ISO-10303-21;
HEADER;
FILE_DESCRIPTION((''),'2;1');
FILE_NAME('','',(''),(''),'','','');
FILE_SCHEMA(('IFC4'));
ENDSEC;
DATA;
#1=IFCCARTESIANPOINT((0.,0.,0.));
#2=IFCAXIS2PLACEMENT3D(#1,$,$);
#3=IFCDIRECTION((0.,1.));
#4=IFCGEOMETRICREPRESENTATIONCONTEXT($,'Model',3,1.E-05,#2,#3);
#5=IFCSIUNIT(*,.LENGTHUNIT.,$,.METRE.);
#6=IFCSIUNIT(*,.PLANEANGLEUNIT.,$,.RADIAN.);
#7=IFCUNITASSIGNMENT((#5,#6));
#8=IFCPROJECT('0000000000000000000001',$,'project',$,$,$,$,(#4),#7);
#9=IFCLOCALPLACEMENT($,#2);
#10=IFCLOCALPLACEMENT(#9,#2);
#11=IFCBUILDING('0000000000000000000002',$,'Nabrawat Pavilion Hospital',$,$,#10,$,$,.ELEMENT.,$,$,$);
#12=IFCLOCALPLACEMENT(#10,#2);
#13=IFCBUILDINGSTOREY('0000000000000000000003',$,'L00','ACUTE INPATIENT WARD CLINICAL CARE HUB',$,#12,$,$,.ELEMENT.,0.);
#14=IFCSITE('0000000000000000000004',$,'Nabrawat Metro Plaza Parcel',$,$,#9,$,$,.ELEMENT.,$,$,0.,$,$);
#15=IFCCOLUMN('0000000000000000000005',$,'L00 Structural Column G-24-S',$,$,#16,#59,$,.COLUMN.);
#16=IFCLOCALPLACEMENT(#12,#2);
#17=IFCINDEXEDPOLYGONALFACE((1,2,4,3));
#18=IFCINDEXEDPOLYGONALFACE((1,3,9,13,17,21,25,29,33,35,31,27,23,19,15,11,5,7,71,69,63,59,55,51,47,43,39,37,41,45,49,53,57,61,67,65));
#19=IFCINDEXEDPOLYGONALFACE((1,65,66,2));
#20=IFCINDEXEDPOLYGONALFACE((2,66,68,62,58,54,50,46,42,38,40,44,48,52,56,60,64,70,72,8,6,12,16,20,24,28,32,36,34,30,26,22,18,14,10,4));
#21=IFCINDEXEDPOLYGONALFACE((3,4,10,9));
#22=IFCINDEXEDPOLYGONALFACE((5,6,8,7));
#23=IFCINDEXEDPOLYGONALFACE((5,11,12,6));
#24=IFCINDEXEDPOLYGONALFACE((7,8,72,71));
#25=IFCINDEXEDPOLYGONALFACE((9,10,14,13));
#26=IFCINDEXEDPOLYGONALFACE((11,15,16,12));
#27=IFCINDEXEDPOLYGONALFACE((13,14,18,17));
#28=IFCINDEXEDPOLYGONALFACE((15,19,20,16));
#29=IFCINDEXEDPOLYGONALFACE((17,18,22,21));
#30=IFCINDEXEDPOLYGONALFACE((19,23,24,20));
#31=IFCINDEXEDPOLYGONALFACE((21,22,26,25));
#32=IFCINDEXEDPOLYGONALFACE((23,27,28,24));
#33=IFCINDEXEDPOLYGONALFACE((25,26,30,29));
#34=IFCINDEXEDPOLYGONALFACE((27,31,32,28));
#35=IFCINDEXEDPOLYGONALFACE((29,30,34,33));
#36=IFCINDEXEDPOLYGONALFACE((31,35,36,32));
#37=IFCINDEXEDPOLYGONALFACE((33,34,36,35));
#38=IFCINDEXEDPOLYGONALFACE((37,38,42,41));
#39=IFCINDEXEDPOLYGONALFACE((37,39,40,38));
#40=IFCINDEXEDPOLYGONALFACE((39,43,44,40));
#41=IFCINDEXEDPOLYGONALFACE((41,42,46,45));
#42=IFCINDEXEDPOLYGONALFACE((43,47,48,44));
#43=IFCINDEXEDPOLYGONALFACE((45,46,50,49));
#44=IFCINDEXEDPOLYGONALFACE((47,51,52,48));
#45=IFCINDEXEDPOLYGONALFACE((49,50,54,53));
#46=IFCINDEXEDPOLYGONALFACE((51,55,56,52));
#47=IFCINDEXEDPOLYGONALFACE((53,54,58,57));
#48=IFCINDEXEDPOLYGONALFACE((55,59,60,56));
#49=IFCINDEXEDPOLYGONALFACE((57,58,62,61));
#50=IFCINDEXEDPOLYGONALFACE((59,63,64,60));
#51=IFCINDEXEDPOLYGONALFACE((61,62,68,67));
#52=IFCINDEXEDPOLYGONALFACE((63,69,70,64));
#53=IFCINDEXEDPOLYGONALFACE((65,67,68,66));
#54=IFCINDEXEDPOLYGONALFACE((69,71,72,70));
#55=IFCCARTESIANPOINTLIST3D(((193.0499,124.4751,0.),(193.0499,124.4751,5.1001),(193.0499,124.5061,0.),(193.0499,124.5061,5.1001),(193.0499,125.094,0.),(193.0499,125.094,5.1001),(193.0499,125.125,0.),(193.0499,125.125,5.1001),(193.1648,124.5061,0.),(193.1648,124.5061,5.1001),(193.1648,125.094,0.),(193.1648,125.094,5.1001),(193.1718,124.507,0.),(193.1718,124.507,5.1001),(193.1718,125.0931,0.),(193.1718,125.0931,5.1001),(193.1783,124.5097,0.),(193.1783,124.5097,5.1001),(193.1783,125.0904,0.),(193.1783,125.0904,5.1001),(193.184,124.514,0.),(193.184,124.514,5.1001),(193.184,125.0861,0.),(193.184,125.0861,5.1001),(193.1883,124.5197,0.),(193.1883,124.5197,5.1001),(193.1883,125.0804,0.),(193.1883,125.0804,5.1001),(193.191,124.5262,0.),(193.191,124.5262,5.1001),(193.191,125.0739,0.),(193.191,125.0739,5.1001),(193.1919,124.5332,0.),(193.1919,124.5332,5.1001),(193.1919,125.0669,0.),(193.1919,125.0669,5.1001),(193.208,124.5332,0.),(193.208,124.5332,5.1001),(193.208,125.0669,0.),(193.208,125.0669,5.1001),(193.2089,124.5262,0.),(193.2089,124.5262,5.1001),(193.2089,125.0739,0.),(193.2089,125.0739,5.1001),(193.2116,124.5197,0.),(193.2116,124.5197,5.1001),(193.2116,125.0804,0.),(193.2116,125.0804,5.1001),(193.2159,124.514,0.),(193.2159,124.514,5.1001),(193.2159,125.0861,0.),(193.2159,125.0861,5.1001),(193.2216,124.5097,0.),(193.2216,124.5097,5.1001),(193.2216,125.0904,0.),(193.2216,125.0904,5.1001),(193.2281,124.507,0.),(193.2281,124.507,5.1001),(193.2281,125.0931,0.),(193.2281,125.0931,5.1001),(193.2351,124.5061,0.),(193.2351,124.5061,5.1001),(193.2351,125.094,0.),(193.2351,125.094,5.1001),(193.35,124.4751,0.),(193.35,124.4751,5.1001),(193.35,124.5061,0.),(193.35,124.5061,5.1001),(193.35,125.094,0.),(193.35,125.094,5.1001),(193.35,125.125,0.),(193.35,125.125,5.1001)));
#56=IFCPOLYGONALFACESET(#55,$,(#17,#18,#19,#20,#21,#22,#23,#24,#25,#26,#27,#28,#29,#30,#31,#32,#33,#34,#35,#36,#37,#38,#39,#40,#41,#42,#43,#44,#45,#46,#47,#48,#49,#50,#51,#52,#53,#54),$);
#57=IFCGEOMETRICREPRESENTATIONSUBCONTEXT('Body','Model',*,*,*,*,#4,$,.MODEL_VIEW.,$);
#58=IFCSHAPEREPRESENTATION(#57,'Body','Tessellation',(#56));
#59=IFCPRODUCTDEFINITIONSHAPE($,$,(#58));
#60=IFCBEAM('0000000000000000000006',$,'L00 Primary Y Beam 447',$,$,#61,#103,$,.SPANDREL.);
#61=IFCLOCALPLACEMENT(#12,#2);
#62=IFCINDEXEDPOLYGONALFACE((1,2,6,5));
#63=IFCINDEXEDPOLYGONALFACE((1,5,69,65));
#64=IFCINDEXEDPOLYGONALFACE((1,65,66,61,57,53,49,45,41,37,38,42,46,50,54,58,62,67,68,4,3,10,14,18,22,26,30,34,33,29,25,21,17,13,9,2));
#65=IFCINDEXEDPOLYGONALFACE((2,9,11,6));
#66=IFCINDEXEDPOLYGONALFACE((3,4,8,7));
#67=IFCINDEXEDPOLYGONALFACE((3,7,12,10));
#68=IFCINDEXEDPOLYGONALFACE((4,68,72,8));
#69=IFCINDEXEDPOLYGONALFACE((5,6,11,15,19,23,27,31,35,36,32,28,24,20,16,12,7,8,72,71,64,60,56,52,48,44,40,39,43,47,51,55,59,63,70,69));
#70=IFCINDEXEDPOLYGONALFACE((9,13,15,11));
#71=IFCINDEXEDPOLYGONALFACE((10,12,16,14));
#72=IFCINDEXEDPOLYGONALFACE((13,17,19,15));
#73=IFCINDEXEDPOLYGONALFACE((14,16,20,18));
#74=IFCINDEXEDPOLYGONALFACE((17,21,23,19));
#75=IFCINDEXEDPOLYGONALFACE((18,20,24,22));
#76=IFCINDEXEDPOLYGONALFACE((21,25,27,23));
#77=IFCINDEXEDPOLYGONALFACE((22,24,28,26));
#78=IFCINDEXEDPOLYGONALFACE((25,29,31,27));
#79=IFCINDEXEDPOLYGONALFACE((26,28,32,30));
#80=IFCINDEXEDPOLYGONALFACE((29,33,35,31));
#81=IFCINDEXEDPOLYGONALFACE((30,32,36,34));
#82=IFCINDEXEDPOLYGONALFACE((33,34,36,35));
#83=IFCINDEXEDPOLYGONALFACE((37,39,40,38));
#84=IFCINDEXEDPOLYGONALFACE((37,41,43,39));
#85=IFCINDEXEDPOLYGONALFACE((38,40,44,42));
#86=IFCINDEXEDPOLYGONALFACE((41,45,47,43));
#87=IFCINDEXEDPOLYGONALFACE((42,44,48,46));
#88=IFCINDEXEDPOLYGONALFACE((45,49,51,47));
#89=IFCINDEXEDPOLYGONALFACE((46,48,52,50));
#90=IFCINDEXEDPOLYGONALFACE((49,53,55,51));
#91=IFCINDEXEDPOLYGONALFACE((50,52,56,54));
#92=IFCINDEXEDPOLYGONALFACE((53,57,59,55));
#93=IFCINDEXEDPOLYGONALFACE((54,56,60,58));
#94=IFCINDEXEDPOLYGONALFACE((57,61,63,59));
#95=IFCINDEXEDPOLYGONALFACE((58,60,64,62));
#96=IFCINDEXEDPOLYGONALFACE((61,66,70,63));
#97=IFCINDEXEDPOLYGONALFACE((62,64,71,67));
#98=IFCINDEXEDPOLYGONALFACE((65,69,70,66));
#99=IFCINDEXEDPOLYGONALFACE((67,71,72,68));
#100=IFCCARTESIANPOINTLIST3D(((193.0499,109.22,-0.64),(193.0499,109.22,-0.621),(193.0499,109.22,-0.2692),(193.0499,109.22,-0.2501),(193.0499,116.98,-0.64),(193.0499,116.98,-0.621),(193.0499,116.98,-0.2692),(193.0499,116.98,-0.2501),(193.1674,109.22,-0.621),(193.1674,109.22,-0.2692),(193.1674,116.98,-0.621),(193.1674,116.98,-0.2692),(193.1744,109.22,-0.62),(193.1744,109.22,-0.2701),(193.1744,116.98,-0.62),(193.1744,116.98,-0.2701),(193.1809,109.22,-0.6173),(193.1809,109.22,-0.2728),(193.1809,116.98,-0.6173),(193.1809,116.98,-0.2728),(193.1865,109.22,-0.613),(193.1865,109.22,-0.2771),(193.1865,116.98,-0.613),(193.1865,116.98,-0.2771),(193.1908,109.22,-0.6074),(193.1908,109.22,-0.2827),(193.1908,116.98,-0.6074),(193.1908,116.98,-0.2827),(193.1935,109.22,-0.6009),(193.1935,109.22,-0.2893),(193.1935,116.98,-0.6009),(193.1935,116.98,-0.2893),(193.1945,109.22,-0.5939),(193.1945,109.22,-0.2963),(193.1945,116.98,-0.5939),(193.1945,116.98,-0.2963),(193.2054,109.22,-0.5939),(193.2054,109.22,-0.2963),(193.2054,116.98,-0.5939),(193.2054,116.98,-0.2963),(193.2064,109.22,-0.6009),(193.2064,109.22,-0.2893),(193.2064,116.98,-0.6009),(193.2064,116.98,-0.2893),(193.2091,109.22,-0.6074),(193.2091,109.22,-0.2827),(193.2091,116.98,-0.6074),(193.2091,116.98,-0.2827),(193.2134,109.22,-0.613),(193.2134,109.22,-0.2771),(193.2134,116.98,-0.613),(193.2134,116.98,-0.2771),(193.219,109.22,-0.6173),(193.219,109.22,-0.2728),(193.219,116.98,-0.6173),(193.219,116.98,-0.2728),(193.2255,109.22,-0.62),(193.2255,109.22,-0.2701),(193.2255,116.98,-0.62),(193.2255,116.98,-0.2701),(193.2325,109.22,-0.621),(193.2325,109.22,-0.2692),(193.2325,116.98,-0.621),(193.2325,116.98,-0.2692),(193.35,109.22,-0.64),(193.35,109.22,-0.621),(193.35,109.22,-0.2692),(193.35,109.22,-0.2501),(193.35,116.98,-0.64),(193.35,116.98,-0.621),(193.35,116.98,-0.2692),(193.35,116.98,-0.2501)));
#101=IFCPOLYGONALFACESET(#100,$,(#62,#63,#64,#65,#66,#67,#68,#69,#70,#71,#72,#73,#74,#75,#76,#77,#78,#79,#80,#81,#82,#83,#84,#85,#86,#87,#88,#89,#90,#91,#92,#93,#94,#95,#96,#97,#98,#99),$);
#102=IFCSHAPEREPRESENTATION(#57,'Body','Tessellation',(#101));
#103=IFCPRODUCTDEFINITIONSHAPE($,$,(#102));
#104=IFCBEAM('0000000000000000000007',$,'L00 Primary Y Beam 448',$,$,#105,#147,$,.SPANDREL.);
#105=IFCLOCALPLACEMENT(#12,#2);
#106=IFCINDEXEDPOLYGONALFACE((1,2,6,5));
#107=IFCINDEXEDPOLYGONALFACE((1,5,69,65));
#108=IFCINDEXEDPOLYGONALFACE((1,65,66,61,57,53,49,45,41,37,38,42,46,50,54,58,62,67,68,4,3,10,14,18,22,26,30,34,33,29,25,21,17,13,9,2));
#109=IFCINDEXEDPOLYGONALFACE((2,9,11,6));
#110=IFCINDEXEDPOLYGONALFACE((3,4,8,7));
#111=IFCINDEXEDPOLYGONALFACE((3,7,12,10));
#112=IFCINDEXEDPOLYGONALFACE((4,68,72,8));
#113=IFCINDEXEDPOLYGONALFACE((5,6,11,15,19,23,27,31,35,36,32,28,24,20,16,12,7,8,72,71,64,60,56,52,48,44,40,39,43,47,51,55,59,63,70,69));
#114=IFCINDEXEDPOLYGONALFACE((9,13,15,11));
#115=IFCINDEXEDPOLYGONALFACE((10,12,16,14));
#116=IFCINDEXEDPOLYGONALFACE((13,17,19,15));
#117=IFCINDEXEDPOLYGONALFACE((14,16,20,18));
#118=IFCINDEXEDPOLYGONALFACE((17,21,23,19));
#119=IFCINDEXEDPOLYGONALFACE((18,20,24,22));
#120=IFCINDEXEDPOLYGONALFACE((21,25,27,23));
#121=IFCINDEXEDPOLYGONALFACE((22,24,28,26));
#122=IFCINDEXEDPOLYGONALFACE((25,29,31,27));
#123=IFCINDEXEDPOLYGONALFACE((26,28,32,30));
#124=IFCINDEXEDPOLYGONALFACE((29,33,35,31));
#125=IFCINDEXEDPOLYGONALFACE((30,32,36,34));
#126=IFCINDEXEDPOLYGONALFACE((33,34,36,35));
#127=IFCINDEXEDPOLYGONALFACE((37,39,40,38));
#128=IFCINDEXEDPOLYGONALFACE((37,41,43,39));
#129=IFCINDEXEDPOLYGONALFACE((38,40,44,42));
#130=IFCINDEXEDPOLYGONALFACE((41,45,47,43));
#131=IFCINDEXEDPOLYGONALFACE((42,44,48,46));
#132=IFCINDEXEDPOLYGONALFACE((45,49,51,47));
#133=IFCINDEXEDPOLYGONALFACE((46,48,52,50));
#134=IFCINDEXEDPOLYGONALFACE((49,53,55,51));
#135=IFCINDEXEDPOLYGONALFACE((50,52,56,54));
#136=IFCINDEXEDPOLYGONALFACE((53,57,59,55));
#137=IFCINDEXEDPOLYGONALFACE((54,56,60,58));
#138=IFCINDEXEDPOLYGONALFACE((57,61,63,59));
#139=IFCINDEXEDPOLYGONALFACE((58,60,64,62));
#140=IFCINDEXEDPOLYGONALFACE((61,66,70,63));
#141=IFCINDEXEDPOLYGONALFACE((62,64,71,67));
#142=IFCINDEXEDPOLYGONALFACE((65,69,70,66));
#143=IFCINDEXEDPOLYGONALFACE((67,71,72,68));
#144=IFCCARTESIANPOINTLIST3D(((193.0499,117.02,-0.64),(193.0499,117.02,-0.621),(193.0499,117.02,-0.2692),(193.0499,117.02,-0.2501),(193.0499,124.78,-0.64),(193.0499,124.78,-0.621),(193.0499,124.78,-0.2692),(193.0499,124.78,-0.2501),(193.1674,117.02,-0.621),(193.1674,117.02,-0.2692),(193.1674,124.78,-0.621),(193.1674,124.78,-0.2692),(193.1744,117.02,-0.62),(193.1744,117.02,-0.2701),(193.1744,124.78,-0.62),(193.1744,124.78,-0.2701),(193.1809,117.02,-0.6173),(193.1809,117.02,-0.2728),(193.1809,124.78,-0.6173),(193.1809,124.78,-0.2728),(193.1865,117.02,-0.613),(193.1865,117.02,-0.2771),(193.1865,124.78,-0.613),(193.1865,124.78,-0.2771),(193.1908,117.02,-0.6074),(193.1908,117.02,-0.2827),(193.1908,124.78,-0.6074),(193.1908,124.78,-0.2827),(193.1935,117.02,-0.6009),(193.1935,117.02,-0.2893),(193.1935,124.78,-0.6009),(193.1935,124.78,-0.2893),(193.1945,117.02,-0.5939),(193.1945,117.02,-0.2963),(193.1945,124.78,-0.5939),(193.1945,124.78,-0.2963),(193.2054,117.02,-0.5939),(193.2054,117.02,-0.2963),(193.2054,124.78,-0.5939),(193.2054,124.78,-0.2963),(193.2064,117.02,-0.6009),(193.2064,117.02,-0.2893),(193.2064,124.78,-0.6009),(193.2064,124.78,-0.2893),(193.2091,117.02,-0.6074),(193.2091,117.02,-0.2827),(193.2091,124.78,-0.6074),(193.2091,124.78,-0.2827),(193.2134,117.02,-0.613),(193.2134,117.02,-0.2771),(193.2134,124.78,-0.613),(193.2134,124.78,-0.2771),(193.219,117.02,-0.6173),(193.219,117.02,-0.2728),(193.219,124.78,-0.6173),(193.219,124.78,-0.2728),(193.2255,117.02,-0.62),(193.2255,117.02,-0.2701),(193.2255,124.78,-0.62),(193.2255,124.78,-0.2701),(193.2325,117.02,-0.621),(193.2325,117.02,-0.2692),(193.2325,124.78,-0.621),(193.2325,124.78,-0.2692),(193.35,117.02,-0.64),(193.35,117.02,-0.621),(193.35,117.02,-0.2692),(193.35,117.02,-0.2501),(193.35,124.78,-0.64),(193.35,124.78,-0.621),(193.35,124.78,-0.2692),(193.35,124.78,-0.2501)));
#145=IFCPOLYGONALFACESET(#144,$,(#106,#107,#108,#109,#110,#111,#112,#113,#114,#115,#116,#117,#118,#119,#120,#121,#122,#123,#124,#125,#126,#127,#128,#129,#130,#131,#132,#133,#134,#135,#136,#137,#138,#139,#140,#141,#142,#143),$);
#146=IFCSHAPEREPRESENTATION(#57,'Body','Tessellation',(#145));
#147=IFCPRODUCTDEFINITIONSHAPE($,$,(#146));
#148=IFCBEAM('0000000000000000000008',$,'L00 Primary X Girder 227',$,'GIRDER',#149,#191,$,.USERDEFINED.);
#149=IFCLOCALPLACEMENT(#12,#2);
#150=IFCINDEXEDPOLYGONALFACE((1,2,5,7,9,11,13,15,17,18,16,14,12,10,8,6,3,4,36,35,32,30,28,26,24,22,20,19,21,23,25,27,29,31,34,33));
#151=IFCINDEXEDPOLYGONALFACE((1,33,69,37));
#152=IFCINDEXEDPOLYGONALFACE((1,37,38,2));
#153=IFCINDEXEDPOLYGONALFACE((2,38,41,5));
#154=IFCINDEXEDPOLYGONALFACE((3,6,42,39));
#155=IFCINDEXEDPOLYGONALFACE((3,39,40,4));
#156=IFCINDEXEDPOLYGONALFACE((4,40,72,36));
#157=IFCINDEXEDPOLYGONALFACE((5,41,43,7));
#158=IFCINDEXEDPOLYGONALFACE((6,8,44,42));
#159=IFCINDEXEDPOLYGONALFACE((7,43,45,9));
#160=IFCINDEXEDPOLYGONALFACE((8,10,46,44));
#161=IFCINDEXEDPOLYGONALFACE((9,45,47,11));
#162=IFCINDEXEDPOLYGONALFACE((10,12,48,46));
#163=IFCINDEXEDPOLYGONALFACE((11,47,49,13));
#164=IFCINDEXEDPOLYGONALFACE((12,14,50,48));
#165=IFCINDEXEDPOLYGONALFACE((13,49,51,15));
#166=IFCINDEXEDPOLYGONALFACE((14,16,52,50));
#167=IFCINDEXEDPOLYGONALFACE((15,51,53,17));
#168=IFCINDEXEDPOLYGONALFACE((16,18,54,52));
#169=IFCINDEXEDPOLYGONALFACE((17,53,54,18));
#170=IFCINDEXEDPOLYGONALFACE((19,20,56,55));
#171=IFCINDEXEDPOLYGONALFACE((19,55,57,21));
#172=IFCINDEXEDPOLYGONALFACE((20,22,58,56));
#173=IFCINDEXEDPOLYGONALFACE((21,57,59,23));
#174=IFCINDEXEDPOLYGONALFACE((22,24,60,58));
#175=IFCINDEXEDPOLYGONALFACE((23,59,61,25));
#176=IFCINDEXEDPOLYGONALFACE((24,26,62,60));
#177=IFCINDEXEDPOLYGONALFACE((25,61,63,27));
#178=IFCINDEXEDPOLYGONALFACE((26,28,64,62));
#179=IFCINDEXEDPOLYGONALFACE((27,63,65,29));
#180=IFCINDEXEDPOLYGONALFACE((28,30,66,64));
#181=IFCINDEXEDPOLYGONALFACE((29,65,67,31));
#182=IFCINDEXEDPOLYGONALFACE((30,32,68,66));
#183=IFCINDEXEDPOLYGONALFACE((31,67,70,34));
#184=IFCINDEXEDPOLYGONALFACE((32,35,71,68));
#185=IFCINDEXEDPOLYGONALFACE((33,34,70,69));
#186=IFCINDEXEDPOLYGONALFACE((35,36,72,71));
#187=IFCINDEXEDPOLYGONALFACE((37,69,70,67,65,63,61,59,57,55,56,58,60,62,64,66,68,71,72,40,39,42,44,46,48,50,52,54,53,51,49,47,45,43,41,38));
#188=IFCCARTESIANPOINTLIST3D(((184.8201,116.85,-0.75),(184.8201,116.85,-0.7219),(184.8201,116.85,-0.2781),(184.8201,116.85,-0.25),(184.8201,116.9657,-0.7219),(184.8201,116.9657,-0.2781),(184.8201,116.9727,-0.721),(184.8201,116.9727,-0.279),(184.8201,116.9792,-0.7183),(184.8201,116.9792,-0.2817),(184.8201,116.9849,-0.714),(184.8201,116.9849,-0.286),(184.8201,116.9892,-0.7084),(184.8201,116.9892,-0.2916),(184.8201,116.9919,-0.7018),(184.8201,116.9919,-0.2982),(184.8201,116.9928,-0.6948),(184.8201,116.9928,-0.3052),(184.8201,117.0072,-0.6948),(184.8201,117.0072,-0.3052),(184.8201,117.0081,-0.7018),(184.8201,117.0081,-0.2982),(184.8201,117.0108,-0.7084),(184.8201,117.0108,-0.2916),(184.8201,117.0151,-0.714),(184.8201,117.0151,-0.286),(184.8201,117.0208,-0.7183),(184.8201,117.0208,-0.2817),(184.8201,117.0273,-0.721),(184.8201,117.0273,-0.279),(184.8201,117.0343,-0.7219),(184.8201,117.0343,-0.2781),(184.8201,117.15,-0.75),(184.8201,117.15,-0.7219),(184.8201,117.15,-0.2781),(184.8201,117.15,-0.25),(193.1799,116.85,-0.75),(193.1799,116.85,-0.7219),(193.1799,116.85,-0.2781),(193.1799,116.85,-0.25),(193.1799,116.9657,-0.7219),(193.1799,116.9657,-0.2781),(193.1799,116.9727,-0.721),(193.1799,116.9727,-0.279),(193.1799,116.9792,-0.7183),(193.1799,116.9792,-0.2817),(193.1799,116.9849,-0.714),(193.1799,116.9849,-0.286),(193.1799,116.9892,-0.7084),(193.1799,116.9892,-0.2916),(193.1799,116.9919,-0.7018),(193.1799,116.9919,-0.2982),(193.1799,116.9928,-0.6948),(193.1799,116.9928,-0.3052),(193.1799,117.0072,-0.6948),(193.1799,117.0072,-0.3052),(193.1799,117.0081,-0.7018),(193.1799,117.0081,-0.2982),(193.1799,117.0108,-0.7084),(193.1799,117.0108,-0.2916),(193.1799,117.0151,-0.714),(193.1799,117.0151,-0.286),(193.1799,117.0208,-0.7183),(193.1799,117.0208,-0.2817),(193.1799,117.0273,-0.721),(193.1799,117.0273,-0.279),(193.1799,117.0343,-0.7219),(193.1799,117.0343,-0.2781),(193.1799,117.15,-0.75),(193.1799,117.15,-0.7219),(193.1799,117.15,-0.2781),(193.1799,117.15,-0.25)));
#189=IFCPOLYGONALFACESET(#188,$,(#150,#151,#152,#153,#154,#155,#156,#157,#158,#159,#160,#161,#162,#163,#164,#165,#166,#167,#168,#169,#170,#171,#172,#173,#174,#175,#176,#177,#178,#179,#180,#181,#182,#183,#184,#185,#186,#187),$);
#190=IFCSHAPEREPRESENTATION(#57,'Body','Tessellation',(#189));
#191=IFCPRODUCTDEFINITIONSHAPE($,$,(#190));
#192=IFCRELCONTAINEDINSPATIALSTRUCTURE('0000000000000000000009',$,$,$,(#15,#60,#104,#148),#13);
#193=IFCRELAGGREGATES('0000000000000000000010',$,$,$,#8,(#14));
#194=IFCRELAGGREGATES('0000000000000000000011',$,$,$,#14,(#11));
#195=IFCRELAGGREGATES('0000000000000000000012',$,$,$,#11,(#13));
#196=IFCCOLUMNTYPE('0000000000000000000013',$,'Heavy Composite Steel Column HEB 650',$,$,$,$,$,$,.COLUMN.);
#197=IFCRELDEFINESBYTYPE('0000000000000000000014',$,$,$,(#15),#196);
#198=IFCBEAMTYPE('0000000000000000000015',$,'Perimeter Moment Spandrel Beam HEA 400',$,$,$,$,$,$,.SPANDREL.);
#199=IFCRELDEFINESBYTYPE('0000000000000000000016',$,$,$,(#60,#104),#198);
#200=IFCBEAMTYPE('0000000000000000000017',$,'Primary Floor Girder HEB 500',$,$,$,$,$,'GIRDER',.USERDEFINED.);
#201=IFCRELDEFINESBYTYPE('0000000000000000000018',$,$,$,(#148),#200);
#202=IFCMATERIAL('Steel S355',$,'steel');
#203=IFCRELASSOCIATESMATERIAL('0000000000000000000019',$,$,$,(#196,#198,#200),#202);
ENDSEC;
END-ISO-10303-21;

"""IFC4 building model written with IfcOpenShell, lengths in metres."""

from ifc_helpers import new_model, si_unit, direction, frame, origin, origin_2d, place, context, subcontext, project, spatial, i_section, extrude, material, material_profile, profile_set, type_object, element, save


model = new_model("IFC4")

# Units and contexts
model_context = context("Model", 3, precision=1e-05, world=origin(), true_north=direction((0.0, 1.0)))
body_context = subcontext(model_context, "Body", "Model", "MODEL_VIEW")
ifc_project = project(units=[si_unit("LENGTHUNIT", "METRE"), si_unit("PLANEANGLEUNIT", "RADIAN")], contexts=[model_context])

# Site, building, storey
site_placement = place(None, origin())
site = spatial("IfcSite", under=ifc_project, at=site_placement, Name="Nabrawat Metro Plaza Parcel", CompositionType="ELEMENT", RefElevation=0.0)
building_placement = place(site_placement, origin())
building = spatial("IfcBuilding", under=site, at=building_placement, Name="Nabrawat Pavilion Hospital", CompositionType="ELEMENT")
storey_placement = place(building_placement, origin())
storey = spatial("IfcBuildingStorey", under=building, at=storey_placement, Name="L00", Description="ACUTE INPATIENT WARD CLINICAL CARE HUB", CompositionType="ELEMENT", Elevation=0.0)

# Column
ifc_material_1 = material(Name="Steel S355", Category="steel")
ifc_material_profile_1 = material_profile(ifc_material_1, i_section(OverallWidth=0.3, OverallDepth=0.6499, WebThickness=0.0161, FlangeThickness=0.031, FilletRadius=0.0271, at=origin_2d()), Name="HEB 650")
ifc_profile_set_1 = profile_set([ifc_material_profile_1], Name="Steel S355")
column_type = type_object("IfcColumnType", Name="Heavy Composite Steel Column HEB 650", PredefinedType="COLUMN", material=ifc_profile_set_1)
for number, where, z_axis, x_axis, name in (
    (1, (193.2, 124.8, 0.0), (0.0, 0.0, 1.0), (1.0, 0.0, 0.0), "L00 Structural Column G-24-S"),
):
    element("IfcColumn", number, at=place(storey_placement, frame(where, z_axis=z_axis, x_axis=x_axis)), inside=storey, type_object=column_type, Name=name, PredefinedType="COLUMN", context=body_context, shape_type="SweptSolid", body=[
        extrude(i_section(OverallWidth=0.3, OverallDepth=0.6499, WebThickness=0.0161, FlangeThickness=0.031, FilletRadius=0.0271, at=origin_2d()), origin(), (0.0, 0.0, 1.0), 5.1001),
    ])

# Beams
ifc_material_profile_2 = material_profile(ifc_material_1, i_section(OverallWidth=0.3, OverallDepth=0.3899, WebThickness=0.011, FlangeThickness=0.019, FilletRadius=0.0271, at=origin_2d()), Name="HEA 400")
ifc_profile_set_2 = profile_set([ifc_material_profile_2], Name="Steel S355")
beam_type_1 = type_object("IfcBeamType", Name="Perimeter Moment Spandrel Beam HEA 400", PredefinedType="SPANDREL", material=ifc_profile_set_2)
for number, where, z_axis, x_axis, name in (
    (2, (193.2, 109.22, -0.4451), (0.0, 1.0, 0.0), (-1.0, 0.0, 0.0), "L00 Primary Y Beam 447"),
    (3, (193.2, 117.02, -0.4451), (0.0, 1.0, 0.0), (-1.0, 0.0, 0.0), "L00 Primary Y Beam 448"),
):
    element("IfcBeam", number, at=place(storey_placement, frame(where, z_axis=z_axis, x_axis=x_axis)), inside=storey, type_object=beam_type_1, Name=name, PredefinedType="SPANDREL", context=body_context, shape_type="SweptSolid", body=[
        extrude(i_section(OverallWidth=0.3, OverallDepth=0.3899, WebThickness=0.011, FlangeThickness=0.019, FilletRadius=0.0271, at=origin_2d()), origin(), (0.0, 0.0, 1.0), 7.76),
    ])
ifc_material_profile_3 = material_profile(ifc_material_1, i_section(OverallWidth=0.3, OverallDepth=0.5, WebThickness=0.0144, FlangeThickness=0.0281, FilletRadius=0.0271, at=origin_2d()), Name="HEB 500")
ifc_profile_set_3 = profile_set([ifc_material_profile_3], Name="Steel S355")
beam_type_2 = type_object("IfcBeamType", Name="Primary Floor Girder HEB 500", ElementType="GIRDER", PredefinedType="USERDEFINED", material=ifc_profile_set_3)
beam_1_placement = place(storey_placement, frame((184.8201, 117.0, -0.5), z_axis=(1.0, 0.0, 0.0), x_axis=(0.0, 1.0, 0.0)))
element("IfcBeam", 4, at=beam_1_placement, inside=storey, type_object=beam_type_2, Name="L00 Primary X Girder 227", ObjectType="GIRDER", PredefinedType="USERDEFINED", context=body_context, shape_type="SweptSolid", body=[
    extrude(i_section(OverallWidth=0.3, OverallDepth=0.5, WebThickness=0.0144, FlangeThickness=0.0281, FilletRadius=0.0271, at=origin_2d()), origin(), (0.0, 0.0, 1.0), 8.3599),
])

save(model, "model.ifc")
